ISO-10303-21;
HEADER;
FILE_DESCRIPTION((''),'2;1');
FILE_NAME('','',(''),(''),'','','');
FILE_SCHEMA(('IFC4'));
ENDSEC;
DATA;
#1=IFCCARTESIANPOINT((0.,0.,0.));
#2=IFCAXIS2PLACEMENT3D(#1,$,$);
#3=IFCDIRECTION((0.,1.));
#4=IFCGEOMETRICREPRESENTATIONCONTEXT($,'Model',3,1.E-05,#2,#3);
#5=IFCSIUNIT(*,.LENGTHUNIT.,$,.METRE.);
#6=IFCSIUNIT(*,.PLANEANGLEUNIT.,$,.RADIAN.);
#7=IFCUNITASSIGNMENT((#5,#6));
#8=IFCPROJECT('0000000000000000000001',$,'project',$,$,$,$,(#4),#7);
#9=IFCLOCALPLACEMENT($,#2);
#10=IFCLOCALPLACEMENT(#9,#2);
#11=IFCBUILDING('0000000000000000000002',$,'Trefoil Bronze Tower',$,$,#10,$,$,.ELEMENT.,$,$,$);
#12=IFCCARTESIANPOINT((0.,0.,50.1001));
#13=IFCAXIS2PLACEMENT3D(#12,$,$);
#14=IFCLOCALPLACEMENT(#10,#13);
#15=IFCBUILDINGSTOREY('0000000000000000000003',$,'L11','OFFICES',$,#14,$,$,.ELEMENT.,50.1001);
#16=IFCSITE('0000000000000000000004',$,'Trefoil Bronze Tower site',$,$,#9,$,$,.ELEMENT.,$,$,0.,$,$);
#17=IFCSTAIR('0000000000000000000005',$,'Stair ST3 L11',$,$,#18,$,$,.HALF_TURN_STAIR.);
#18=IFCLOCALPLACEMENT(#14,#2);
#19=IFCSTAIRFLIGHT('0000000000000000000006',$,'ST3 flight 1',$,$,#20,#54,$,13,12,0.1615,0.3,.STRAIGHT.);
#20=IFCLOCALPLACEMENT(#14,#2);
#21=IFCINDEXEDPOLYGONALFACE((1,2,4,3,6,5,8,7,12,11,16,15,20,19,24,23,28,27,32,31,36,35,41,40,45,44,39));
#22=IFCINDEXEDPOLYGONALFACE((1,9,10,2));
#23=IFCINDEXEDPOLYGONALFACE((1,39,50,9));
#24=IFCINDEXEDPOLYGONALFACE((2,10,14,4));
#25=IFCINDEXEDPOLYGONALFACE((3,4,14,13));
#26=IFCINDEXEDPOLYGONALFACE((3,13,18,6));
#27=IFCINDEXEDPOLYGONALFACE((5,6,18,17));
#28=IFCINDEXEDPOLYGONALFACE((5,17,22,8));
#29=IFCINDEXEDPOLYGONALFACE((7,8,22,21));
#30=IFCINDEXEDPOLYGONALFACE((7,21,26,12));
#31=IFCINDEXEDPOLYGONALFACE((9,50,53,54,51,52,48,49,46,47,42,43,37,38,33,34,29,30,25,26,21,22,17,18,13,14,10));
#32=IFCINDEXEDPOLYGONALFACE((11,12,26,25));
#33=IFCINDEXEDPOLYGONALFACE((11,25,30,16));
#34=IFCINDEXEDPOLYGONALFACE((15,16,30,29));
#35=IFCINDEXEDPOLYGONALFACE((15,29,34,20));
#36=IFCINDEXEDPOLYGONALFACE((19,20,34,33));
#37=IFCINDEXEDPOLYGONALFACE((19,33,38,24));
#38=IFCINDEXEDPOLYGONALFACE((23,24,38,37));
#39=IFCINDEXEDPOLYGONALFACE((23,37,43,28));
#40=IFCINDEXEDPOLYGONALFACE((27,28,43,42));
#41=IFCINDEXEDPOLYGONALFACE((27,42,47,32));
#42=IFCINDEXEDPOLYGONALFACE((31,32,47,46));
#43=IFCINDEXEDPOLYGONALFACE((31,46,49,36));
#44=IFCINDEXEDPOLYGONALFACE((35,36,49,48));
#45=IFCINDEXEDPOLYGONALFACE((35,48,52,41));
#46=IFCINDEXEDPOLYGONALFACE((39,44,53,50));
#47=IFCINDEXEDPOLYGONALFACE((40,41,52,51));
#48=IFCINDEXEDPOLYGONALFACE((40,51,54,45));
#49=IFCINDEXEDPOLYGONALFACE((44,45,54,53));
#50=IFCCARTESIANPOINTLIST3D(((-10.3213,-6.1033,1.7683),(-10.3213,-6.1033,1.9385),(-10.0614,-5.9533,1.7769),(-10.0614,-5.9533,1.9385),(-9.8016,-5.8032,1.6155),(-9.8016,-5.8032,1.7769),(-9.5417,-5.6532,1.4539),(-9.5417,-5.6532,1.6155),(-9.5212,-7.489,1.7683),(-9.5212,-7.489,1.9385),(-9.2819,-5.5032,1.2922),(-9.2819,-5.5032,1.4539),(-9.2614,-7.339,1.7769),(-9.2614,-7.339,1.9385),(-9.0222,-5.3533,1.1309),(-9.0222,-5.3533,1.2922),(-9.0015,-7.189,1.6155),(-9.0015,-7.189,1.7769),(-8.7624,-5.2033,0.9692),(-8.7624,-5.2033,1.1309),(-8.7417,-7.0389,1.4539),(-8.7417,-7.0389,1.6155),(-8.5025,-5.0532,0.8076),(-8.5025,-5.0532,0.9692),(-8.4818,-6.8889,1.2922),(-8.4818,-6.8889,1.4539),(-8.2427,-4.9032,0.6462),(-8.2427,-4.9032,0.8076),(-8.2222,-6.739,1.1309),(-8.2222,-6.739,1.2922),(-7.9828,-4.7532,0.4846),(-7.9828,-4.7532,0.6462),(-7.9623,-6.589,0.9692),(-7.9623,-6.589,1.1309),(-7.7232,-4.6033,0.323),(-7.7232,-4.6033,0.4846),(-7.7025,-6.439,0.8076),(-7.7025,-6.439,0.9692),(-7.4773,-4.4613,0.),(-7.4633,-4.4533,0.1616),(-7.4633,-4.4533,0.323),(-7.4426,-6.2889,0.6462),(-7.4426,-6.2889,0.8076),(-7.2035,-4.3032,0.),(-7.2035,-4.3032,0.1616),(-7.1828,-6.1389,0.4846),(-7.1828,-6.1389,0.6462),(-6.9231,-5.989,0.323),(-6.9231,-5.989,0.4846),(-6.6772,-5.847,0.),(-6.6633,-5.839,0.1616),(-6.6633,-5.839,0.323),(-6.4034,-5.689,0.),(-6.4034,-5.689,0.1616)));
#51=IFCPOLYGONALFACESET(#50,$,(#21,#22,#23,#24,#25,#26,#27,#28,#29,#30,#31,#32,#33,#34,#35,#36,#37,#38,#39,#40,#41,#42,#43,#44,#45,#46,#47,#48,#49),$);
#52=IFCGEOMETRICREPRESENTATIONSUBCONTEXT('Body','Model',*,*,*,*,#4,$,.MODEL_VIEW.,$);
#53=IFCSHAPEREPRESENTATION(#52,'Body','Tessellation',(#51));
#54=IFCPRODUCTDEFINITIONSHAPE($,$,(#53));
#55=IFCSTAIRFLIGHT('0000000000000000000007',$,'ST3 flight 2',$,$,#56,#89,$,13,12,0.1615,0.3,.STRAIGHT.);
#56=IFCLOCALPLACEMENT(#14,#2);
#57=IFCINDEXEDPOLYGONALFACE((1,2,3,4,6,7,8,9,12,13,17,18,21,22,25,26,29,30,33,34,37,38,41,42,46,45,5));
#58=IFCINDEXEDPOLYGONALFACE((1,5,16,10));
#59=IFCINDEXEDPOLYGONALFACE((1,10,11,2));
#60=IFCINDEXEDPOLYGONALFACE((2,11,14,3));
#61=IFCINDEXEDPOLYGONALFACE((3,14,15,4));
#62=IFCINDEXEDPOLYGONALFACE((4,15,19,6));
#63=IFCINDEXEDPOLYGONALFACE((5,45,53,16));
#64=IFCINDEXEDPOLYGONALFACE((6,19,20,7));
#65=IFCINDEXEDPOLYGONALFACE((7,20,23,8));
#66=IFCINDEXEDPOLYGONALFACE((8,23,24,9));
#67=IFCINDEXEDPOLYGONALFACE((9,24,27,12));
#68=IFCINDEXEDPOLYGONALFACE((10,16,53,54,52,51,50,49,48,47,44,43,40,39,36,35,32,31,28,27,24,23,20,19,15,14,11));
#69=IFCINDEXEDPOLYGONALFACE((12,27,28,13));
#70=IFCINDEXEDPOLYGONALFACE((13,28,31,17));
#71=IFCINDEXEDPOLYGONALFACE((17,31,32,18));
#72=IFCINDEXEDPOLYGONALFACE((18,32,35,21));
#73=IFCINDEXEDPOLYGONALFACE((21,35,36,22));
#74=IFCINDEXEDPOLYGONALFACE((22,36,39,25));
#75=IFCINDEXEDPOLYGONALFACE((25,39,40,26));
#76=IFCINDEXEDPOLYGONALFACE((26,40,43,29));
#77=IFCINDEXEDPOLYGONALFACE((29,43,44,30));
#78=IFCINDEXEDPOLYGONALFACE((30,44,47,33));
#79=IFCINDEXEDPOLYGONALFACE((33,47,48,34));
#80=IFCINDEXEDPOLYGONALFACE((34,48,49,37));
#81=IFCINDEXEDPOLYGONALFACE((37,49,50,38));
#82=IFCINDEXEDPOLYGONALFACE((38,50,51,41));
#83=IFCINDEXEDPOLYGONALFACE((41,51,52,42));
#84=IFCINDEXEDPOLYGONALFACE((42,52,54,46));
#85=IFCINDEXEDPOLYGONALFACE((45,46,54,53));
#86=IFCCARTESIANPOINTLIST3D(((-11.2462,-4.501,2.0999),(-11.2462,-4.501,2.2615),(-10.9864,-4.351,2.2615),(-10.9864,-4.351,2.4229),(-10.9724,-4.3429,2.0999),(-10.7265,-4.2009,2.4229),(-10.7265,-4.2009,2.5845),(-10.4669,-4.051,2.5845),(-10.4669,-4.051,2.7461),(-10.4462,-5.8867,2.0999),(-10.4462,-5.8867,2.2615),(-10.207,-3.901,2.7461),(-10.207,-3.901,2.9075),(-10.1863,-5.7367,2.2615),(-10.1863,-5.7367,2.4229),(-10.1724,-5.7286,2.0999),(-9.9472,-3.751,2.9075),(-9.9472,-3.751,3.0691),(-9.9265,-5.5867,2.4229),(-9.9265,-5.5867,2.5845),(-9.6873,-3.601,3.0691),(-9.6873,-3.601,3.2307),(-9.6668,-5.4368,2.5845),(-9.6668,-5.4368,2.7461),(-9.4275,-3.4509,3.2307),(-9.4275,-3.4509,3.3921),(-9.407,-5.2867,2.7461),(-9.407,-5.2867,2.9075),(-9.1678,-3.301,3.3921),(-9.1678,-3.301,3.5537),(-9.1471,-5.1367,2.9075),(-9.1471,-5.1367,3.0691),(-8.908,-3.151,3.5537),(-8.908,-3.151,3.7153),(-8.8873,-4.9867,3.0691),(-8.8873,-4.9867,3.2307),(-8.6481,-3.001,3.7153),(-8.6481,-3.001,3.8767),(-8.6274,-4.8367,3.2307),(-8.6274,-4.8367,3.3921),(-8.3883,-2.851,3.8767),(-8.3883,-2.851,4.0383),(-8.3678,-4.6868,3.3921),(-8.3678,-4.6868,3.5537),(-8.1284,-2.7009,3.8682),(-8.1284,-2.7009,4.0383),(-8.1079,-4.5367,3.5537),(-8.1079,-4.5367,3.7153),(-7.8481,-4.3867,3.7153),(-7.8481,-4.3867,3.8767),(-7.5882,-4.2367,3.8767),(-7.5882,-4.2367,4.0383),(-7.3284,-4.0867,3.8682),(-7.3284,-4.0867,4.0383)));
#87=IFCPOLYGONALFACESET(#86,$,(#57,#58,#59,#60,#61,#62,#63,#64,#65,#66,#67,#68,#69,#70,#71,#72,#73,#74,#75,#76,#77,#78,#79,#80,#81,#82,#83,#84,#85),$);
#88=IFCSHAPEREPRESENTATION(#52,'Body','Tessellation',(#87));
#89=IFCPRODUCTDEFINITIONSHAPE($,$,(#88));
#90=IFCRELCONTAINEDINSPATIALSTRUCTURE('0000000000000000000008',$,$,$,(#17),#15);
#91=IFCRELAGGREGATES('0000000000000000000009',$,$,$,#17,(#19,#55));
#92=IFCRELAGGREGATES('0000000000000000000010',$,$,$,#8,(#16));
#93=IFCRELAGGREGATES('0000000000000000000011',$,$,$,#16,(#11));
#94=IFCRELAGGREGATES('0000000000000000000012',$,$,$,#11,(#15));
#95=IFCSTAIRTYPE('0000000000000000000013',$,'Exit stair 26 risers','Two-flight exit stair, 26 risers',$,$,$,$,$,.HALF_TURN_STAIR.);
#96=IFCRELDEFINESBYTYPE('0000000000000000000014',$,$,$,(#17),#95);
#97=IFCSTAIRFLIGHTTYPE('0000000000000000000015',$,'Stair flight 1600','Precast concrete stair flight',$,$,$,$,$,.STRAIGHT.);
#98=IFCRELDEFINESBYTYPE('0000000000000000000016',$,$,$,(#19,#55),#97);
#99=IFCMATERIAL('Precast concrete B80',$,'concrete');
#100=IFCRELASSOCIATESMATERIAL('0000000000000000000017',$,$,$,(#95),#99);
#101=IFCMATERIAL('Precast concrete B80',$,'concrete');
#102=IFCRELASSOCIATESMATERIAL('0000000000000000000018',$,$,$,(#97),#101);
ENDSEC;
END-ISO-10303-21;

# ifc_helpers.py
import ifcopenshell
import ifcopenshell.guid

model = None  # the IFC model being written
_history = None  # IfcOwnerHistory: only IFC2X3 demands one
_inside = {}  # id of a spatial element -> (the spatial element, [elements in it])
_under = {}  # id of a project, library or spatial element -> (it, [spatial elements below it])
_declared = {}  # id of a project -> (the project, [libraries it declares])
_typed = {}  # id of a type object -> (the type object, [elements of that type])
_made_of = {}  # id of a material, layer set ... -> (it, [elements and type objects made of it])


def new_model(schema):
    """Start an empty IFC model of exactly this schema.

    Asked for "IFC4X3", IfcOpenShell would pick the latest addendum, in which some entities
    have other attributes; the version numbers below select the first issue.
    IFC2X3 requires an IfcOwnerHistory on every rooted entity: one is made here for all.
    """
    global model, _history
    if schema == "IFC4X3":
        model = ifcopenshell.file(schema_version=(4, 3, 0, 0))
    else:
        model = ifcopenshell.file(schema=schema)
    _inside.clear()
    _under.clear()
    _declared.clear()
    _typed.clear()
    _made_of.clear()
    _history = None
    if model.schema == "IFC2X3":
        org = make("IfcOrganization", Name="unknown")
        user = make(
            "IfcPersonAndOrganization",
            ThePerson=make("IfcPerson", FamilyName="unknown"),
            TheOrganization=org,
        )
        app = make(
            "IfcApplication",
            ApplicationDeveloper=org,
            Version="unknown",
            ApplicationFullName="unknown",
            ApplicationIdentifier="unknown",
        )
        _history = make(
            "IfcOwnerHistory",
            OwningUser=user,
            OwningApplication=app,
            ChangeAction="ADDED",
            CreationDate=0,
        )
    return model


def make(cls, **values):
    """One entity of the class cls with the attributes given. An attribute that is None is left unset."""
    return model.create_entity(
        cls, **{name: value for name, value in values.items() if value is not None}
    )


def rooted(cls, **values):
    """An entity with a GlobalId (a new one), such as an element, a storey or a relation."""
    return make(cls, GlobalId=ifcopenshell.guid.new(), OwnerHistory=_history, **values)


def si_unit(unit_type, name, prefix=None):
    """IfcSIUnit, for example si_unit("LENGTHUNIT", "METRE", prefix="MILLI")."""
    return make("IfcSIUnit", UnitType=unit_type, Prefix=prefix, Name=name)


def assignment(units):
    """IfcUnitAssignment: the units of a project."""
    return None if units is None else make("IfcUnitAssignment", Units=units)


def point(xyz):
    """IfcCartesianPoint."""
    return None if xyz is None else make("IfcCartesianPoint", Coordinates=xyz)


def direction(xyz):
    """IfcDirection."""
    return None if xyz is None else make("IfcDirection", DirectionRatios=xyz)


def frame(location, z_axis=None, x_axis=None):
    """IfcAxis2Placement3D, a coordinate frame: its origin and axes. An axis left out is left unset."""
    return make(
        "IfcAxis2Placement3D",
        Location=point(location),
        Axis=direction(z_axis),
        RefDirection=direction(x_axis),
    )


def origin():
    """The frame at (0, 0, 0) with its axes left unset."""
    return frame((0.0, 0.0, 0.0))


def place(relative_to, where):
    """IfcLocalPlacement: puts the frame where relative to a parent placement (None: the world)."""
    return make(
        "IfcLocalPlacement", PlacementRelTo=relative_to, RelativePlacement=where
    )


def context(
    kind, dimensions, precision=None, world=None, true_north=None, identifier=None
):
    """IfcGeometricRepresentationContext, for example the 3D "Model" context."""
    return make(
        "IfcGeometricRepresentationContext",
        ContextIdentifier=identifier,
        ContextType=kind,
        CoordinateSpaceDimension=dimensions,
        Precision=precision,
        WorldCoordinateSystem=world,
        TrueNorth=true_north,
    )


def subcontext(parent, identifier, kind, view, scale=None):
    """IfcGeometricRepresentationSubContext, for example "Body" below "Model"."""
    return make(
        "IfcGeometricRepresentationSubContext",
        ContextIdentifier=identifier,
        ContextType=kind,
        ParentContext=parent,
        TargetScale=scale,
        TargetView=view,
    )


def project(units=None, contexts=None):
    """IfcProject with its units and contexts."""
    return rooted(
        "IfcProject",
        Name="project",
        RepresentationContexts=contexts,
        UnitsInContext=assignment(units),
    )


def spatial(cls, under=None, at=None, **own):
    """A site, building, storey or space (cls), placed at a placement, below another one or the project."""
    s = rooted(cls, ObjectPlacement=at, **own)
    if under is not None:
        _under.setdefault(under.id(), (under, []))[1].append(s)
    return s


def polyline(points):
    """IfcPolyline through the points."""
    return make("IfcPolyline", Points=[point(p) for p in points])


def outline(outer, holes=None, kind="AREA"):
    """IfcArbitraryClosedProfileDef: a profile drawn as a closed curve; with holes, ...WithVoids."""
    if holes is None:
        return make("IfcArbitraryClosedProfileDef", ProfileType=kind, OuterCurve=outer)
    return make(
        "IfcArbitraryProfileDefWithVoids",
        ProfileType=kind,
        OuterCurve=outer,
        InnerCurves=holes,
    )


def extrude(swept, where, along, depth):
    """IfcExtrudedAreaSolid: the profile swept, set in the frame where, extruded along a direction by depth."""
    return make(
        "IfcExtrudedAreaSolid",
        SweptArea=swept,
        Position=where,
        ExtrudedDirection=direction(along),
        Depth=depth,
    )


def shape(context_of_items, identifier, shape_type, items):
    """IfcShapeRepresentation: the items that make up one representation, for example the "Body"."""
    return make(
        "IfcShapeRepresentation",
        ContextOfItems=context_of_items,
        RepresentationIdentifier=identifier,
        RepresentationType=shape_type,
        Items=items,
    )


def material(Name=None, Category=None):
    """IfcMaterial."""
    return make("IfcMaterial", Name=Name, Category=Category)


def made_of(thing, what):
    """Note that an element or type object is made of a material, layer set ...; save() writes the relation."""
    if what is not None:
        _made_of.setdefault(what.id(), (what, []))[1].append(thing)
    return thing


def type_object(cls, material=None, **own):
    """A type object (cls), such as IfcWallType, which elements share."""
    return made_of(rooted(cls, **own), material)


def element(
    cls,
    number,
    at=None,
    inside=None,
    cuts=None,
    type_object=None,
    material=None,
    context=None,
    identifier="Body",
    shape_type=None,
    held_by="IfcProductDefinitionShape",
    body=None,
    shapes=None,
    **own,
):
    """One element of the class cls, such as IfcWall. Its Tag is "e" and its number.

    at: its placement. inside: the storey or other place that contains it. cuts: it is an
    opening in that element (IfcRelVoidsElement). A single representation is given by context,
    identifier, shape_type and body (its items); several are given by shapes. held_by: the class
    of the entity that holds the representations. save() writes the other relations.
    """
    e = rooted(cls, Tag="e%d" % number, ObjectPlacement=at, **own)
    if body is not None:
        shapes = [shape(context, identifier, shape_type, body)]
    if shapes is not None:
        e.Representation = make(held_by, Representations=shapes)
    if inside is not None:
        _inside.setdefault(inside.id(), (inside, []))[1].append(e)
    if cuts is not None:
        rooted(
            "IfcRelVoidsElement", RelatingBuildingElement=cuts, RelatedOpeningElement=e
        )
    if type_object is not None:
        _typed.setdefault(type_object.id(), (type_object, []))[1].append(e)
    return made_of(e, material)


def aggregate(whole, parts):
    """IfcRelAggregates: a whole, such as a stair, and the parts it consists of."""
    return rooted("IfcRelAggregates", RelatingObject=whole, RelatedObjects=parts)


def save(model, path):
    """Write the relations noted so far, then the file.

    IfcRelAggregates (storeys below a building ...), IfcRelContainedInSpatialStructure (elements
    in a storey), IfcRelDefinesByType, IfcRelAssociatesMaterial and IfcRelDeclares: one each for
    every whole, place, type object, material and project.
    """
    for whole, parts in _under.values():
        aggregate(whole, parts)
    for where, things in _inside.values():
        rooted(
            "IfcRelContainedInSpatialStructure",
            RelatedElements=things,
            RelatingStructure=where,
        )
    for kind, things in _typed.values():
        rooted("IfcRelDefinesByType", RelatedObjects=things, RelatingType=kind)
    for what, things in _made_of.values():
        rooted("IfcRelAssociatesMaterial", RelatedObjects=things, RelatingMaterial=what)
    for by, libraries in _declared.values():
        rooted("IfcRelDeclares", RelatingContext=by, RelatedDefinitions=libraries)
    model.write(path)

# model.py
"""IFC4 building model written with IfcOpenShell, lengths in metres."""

from ifc_helpers import new_model, si_unit, direction, frame, origin, place, context, subcontext, project, spatial, polyline, outline, extrude, material, type_object, element, aggregate, save


model = new_model("IFC4")

# Units and contexts
model_context = context("Model", 3, precision=1e-05, world=origin(), true_north=direction((0.0, 1.0)))
body_context = subcontext(model_context, "Body", "Model", "MODEL_VIEW")
ifc_project = project(units=[si_unit("LENGTHUNIT", "METRE"), si_unit("PLANEANGLEUNIT", "RADIAN")], contexts=[model_context])

# Site, building, storey
site_placement = place(None, origin())
site = spatial("IfcSite", under=ifc_project, at=site_placement, Name="Trefoil Bronze Tower site", CompositionType="ELEMENT", RefElevation=0.0)
building_placement = place(site_placement, origin())
building = spatial("IfcBuilding", under=site, at=building_placement, Name="Trefoil Bronze Tower", CompositionType="ELEMENT")
storey_placement = place(building_placement, frame((0.0, 0.0, 50.1001)))
storey = spatial("IfcBuildingStorey", under=building, at=storey_placement, Name="L11", Description="OFFICES", CompositionType="ELEMENT", Elevation=50.1001)

# Stair, stair flights
ifc_material_1 = material(Name="Precast concrete B80", Category="concrete")
stair_type = type_object("IfcStairType", Name="Exit stair 26 risers", Description="Two-flight exit stair, 26 risers", PredefinedType="HALF_TURN_STAIR", material=ifc_material_1)
stair_placement = place(storey_placement, origin())
stair = element("IfcStair", 1, at=stair_placement, inside=storey, type_object=stair_type, Name="Stair ST3 L11", PredefinedType="HALF_TURN_STAIR")
ifc_material_2 = material(Name="Precast concrete B80", Category="concrete")
stair_flight_type = type_object("IfcStairFlightType", Name="Stair flight 1600", Description="Precast concrete stair flight", PredefinedType="STRAIGHT", material=ifc_material_2)
stair_flight_1_placement = place(storey_placement, frame((-6.8035, -4.9961, 0.0), z_axis=(0.0, 0.0, 1.0), x_axis=(-0.866025, -0.5, 0.0)))
stair_flight_1 = element("IfcStairFlight", 2, at=stair_flight_1_placement, type_object=stair_flight_type, Name="ST3 flight 1", NumberOfRisers=13, NumberOfTreads=12, PredefinedType="STRAIGHT", RiserHeight=0.1615, TreadLength=0.3, context=body_context, shape_type="SweptSolid", body=[
    extrude(outline(polyline([(0.0, 0.0), (0.0, 0.1616), (0.3, 0.1616), (0.3, 0.323), (0.6001, 0.323), (0.6001, 0.4846), (0.8999, 0.4846), (0.8999, 0.6462), (1.2, 0.6462), (1.2, 0.8076), (1.5, 0.8076), (1.5, 0.9692), (1.8, 0.9692), (1.8, 1.1309), (2.1001, 1.1309), (2.1001, 1.2922), (2.3999, 1.2922), (2.3999, 1.4539), (2.7, 1.4539), (2.7, 1.6155), (3.0, 1.6155), (3.0, 1.7769), (3.3, 1.7769), (3.3, 1.9385), (3.6001, 1.9385), (3.6001, 2.1001), (3.6001, 1.7683), (0.3162, 0.0), (0.0, 0.0)])), frame((0.0, 0.8, 0.0), z_axis=(0.0, -1.0, 0.0), x_axis=(1.0, 0.0, 0.0)), (0.0, 0.0, 1.0), 1.6001),
])
stair_flight_2_placement = place(storey_placement, frame((-10.8462, -5.1938, 2.0999), z_axis=(0.0, 0.0, 1.0), x_axis=(0.866025, 0.5, 0.0)))
stair_flight_2 = element("IfcStairFlight", 3, at=stair_flight_2_placement, type_object=stair_flight_type, Name="ST3 flight 2", NumberOfRisers=13, NumberOfTreads=12, PredefinedType="STRAIGHT", RiserHeight=0.1615, TreadLength=0.3, context=body_context, shape_type="SweptSolid", body=[
    extrude(outline(polyline([(0.0, 0.0), (0.0, 0.1616), (0.3, 0.1616), (0.3, 0.323), (0.6001, 0.323), (0.6001, 0.4846), (0.8999, 0.4846), (0.8999, 0.6462), (1.2, 0.6462), (1.2, 0.8076), (1.5, 0.8076), (1.5, 0.9692), (1.8, 0.9692), (1.8, 1.1309), (2.1001, 1.1309), (2.1001, 1.2922), (2.3999, 1.2922), (2.3999, 1.4539), (2.7, 1.4539), (2.7, 1.6155), (3.0, 1.6155), (3.0, 1.7769), (3.3, 1.7769), (3.3, 1.9385), (3.6001, 1.9385), (3.6001, 2.1001), (3.6001, 1.7683), (0.3162, 0.0), (0.0, 0.0)])), frame((0.0, 0.8, 0.0), z_axis=(0.0, -1.0, 0.0), x_axis=(1.0, 0.0, 0.0)), (0.0, 0.0, 1.0), 1.6001),
])
aggregate(stair, [stair_flight_1, stair_flight_2])

save(model, "model.ifc")
